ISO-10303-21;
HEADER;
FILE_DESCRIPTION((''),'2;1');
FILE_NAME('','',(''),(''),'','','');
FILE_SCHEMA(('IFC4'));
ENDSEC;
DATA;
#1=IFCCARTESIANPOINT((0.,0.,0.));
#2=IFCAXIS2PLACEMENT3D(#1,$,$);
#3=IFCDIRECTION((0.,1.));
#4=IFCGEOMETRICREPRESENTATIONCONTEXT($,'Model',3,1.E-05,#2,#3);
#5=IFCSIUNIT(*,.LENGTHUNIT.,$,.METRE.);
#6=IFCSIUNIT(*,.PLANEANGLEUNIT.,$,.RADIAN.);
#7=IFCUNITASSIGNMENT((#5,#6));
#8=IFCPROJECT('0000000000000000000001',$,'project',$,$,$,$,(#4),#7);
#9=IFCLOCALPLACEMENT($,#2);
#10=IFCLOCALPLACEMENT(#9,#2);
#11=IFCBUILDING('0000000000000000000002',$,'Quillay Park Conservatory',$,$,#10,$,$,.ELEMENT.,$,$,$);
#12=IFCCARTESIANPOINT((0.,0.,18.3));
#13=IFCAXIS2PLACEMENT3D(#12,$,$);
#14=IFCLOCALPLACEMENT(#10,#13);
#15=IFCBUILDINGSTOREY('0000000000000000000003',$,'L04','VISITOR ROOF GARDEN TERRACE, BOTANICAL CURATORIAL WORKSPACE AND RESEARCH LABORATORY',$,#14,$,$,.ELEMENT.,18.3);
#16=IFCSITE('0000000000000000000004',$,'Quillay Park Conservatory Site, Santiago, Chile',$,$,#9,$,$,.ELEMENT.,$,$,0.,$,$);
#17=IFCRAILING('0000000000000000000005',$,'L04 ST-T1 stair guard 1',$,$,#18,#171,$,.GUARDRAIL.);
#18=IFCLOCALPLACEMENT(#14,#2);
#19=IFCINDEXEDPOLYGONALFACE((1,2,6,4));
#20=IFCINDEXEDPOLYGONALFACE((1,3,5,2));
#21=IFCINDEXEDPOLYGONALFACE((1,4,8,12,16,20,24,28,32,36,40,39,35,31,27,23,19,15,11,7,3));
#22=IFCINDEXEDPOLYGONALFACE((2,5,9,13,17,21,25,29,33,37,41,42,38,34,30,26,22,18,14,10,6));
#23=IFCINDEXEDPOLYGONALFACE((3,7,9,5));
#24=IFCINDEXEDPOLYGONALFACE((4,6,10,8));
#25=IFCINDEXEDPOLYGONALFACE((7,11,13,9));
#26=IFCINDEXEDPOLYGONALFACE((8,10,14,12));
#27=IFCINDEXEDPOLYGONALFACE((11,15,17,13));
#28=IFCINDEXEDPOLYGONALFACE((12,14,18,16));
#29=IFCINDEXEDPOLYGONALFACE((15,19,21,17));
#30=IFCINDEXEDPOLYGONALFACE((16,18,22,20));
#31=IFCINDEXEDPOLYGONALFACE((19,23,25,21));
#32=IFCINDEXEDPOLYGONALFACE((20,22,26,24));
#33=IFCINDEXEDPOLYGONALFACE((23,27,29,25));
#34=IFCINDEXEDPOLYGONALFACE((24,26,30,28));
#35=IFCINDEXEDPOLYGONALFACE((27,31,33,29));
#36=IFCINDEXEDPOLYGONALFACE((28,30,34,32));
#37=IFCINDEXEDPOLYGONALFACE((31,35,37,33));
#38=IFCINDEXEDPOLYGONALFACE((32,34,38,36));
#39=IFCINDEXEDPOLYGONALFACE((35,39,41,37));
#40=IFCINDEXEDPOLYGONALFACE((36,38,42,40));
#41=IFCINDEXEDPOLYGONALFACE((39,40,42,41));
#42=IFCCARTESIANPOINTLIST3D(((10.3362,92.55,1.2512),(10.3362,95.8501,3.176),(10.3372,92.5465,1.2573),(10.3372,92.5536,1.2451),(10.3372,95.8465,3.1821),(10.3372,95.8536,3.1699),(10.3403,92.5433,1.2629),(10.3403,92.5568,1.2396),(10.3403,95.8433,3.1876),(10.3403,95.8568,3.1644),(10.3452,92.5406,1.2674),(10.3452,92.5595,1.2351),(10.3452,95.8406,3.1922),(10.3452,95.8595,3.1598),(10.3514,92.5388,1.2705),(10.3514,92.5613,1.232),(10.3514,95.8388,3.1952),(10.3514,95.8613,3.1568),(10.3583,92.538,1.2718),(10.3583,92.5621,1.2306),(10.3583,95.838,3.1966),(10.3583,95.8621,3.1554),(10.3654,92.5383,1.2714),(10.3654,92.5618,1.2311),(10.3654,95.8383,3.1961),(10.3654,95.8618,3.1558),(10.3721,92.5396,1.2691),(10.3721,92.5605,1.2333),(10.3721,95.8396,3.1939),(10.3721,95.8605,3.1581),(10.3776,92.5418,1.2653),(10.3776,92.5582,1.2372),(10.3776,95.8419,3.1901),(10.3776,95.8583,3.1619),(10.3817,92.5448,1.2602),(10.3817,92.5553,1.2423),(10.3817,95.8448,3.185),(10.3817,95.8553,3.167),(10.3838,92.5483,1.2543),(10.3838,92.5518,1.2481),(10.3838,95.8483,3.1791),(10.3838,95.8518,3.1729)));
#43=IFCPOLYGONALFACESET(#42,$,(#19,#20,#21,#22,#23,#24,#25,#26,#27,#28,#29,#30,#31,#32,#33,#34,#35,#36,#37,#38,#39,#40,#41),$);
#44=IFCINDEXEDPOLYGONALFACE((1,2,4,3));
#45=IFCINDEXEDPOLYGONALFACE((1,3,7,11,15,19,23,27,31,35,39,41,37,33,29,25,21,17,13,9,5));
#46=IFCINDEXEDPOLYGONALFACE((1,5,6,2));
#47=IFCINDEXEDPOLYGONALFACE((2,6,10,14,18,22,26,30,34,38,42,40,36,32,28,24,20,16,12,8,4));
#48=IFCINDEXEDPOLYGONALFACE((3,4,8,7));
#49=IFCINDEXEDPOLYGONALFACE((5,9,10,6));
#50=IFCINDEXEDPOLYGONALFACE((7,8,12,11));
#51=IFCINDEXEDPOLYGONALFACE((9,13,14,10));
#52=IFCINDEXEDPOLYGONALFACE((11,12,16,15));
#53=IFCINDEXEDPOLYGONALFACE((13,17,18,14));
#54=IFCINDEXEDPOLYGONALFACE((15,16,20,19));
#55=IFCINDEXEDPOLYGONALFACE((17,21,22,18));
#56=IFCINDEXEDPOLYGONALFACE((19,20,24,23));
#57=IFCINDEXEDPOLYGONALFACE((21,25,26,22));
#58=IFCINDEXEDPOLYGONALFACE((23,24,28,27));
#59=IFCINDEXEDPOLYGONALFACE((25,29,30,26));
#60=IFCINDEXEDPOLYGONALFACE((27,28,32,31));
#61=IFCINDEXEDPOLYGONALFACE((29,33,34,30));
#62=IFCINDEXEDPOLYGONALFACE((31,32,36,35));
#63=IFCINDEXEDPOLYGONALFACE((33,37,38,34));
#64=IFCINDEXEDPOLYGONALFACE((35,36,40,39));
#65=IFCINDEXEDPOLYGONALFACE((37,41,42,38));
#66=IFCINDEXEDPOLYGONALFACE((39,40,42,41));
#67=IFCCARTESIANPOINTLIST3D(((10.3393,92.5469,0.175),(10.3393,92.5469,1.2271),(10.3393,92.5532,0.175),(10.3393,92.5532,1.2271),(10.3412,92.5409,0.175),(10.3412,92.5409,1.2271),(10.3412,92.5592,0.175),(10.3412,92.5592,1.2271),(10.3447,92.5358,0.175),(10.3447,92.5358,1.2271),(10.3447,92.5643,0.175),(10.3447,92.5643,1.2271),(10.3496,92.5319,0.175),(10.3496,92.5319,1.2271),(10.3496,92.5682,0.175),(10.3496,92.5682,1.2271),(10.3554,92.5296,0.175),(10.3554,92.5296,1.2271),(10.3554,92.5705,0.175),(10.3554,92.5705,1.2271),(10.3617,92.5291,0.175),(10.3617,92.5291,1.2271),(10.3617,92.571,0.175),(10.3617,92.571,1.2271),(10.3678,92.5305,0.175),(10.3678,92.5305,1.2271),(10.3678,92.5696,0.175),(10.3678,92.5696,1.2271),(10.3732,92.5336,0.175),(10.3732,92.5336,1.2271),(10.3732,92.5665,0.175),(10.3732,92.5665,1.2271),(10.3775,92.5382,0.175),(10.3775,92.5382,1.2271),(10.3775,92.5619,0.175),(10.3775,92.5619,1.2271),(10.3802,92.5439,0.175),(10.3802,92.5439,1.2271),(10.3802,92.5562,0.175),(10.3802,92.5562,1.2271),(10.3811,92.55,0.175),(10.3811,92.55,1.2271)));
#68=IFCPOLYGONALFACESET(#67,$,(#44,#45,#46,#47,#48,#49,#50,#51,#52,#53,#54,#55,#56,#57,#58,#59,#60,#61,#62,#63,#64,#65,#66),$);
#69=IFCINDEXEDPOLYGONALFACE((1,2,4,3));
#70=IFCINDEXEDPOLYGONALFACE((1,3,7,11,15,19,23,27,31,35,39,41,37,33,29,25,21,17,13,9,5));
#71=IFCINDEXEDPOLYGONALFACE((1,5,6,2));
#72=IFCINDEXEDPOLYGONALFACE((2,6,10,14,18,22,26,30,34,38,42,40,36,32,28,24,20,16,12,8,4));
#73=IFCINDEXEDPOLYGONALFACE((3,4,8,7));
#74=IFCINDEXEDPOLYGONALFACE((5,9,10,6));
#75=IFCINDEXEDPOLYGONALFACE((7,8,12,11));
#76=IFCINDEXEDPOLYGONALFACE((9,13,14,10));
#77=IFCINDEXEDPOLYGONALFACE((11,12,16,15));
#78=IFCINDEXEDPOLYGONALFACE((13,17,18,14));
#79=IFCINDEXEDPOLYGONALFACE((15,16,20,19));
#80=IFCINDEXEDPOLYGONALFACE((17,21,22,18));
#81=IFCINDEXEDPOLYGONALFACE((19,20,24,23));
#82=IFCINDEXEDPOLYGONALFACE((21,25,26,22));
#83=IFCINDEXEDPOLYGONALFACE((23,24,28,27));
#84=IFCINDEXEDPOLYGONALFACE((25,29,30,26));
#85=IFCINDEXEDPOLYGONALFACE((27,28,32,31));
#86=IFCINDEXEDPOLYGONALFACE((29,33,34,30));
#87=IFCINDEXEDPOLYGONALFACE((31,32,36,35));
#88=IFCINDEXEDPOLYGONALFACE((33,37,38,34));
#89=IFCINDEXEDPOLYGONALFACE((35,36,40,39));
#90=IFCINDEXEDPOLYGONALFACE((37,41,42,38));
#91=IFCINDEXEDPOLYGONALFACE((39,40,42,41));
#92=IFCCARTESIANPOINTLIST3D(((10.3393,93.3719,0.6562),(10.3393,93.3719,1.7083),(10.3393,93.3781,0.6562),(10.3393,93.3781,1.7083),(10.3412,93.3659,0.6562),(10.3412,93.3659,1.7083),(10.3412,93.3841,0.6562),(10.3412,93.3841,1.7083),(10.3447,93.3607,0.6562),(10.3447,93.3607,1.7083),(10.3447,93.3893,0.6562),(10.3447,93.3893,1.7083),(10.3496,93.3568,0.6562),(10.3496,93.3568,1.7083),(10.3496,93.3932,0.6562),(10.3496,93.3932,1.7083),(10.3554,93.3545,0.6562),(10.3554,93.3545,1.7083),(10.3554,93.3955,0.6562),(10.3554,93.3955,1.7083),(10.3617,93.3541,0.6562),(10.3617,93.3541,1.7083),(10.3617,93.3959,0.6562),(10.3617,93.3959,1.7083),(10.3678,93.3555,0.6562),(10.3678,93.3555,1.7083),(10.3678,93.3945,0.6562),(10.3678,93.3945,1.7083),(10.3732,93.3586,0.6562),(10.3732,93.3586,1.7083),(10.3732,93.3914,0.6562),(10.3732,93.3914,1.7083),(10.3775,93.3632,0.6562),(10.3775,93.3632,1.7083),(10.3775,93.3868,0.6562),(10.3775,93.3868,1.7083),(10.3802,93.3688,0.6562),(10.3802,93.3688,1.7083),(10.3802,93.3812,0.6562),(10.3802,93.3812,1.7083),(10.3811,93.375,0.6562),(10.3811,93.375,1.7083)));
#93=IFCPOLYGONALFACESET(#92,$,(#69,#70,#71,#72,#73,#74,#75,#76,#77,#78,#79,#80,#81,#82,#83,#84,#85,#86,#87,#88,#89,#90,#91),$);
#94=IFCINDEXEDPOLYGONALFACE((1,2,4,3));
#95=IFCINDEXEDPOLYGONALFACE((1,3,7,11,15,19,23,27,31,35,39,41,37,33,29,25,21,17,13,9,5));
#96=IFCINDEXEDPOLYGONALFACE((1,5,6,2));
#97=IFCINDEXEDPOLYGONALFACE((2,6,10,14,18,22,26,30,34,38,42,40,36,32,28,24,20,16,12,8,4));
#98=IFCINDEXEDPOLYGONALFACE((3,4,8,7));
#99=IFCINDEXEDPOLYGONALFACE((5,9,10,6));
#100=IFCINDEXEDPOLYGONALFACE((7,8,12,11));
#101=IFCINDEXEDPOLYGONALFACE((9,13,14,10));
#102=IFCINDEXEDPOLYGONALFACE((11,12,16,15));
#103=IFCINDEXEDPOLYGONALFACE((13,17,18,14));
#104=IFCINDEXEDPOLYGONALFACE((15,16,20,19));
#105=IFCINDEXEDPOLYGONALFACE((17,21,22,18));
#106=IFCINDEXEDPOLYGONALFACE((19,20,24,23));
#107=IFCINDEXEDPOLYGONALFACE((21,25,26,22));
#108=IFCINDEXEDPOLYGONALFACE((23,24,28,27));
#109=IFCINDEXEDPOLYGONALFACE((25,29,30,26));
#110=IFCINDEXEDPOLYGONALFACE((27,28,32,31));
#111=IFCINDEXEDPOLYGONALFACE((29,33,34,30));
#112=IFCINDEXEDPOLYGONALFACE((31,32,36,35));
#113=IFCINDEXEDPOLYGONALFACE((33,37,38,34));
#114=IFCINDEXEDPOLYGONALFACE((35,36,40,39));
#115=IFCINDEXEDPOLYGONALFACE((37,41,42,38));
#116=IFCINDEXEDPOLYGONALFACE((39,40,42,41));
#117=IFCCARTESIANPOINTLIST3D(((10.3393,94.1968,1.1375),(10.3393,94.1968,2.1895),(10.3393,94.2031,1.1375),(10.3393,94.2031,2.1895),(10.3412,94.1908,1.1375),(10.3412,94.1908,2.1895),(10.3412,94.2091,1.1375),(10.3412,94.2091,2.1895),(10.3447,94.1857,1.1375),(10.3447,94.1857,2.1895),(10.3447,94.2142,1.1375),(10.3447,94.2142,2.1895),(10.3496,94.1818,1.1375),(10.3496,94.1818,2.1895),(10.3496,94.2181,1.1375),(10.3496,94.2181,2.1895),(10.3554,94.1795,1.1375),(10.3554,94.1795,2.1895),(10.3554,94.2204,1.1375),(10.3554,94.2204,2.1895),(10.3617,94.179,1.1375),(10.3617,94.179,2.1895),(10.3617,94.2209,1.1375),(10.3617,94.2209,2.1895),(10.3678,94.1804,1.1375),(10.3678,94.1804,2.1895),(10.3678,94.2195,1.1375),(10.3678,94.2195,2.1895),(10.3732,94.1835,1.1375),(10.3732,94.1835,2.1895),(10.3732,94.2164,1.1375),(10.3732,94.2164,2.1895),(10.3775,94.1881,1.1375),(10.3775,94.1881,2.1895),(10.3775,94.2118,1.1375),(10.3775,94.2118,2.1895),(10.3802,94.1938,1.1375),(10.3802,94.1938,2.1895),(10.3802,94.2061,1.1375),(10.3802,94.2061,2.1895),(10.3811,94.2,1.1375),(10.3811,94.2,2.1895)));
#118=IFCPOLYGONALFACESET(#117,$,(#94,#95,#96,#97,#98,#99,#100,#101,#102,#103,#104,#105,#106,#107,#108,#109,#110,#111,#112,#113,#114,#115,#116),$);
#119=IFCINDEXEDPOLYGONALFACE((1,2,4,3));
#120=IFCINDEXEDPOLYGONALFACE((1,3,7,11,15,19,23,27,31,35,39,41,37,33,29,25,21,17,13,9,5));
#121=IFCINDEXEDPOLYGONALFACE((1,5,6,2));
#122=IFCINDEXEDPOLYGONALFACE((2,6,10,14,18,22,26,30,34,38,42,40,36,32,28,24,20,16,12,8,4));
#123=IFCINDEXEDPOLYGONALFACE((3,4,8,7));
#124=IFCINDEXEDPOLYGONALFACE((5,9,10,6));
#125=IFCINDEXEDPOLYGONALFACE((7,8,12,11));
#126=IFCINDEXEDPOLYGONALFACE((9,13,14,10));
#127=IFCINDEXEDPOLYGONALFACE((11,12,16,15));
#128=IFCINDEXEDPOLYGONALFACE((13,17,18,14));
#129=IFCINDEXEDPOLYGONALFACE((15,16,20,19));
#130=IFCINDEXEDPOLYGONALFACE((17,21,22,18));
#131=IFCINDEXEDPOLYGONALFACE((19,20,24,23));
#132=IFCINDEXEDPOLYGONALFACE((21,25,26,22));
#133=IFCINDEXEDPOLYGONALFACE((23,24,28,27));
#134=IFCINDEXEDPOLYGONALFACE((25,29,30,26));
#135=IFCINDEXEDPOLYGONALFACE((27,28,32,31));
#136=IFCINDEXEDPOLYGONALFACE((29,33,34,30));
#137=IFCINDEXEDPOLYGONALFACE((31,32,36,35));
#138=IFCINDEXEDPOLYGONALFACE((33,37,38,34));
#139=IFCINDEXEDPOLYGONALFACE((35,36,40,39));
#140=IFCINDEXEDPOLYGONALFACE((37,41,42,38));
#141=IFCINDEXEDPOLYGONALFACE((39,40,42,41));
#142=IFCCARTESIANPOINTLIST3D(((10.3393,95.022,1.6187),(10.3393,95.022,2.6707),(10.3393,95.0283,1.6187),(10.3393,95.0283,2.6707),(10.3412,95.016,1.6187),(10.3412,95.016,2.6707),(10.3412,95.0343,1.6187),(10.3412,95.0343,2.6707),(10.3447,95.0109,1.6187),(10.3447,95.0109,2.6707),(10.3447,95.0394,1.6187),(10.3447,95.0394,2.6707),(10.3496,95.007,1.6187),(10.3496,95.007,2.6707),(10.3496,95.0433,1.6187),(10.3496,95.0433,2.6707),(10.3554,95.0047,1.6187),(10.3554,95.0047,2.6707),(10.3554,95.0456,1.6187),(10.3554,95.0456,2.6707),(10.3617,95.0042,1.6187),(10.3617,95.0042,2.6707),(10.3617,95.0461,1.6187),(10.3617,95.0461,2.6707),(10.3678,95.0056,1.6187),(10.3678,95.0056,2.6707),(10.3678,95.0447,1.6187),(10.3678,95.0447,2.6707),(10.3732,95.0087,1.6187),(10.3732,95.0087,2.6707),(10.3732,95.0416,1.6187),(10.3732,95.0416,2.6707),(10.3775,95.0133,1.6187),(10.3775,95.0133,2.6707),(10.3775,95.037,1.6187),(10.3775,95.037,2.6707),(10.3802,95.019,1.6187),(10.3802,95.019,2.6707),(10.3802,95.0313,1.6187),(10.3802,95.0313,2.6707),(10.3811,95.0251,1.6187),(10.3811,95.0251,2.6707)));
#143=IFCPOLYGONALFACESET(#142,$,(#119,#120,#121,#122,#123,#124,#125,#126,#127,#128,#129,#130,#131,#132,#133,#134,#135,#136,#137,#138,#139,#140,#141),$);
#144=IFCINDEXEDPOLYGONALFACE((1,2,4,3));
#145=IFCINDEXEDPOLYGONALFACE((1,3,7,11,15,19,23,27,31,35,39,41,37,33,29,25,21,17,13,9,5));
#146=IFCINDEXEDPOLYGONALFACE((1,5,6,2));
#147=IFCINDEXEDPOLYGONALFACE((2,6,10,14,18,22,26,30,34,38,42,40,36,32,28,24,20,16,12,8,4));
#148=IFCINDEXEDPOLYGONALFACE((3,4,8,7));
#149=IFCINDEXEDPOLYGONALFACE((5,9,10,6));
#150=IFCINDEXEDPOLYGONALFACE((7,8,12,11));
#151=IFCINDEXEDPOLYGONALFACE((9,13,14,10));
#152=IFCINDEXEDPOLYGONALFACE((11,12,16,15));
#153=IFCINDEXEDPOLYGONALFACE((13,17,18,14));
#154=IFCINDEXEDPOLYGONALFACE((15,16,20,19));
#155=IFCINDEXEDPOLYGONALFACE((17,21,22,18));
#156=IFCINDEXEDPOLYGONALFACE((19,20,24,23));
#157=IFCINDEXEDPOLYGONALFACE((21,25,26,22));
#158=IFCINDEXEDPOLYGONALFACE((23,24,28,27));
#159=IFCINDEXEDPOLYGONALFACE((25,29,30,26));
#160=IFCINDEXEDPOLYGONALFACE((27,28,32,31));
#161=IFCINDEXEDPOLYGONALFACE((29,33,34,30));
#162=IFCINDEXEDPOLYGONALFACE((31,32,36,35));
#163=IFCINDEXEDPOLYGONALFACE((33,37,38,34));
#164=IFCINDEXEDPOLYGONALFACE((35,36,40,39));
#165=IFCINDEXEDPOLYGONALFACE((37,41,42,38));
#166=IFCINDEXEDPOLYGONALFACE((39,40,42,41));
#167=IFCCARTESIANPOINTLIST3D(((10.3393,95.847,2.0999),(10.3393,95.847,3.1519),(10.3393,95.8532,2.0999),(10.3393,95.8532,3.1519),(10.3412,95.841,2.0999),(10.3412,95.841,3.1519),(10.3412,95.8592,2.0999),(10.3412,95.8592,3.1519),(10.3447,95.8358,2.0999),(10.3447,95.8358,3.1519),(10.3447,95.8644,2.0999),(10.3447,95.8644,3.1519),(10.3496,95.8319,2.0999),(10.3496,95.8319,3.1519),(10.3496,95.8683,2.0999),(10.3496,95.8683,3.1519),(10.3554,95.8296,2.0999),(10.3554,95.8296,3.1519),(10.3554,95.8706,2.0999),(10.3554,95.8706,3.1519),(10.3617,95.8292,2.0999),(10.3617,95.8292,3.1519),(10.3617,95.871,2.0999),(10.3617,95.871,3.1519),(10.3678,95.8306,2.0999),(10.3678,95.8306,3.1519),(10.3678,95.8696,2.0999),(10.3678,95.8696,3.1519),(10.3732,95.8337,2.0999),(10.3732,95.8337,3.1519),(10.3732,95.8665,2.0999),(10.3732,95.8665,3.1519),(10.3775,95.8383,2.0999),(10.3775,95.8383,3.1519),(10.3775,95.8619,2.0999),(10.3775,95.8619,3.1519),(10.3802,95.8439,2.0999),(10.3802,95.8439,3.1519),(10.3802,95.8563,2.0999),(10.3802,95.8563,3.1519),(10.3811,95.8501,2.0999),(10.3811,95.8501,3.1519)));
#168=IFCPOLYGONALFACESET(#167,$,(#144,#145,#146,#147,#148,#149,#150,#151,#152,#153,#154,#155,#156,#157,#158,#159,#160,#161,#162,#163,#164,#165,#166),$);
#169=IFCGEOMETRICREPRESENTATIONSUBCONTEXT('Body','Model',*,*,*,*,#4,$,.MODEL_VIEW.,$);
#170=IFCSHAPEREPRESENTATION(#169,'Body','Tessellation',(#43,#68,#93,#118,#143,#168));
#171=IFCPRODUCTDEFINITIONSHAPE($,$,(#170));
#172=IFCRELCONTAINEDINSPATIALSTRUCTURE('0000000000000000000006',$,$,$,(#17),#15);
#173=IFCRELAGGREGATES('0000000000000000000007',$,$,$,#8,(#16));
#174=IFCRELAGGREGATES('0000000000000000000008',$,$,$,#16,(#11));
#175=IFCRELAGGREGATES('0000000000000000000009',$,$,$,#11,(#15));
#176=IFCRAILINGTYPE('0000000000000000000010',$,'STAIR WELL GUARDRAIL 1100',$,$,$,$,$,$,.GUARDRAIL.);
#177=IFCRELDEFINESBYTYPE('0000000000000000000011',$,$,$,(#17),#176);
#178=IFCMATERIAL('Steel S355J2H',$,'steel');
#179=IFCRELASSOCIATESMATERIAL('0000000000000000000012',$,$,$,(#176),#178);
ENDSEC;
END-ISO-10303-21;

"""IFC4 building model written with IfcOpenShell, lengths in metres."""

from ifc_helpers import new_model, si_unit, direction, frame, origin, origin_2d, place, context, subcontext, project, spatial, circle, extrude, material, type_object, element, save


model = new_model("IFC4")

# Units and contexts
model_context = context("Model", 3, precision=1e-05, world=origin(), true_north=direction((0.0, 1.0)))
body_context = subcontext(model_context, "Body", "Model", "MODEL_VIEW")
ifc_project = project(units=[si_unit("LENGTHUNIT", "METRE"), si_unit("PLANEANGLEUNIT", "RADIAN")], contexts=[model_context])

# Site, building, storey
site_placement = place(None, origin())
site = spatial("IfcSite", under=ifc_project, at=site_placement, Name="Quillay Park Conservatory Site, Santiago, Chile", CompositionType="ELEMENT", RefElevation=0.0)
building_placement = place(site_placement, origin())
building = spatial("IfcBuilding", under=site, at=building_placement, Name="Quillay Park Conservatory", CompositionType="ELEMENT")
storey_placement = place(building_placement, frame((0.0, 0.0, 18.3)))
storey = spatial("IfcBuildingStorey", under=building, at=storey_placement, Name="L04", Description="VISITOR ROOF GARDEN TERRACE, BOTANICAL CURATORIAL WORKSPACE AND RESEARCH LABORATORY", CompositionType="ELEMENT", Elevation=18.3)

# Railing
ifc_material_1 = material(Name="Steel S355J2H", Category="steel")
railing_type_1 = type_object("IfcRailingType", Name="STAIR WELL GUARDRAIL 1100", PredefinedType="GUARDRAIL", material=ifc_material_1)
railing_1_placement = place(storey_placement, frame((10.3601, 92.55, 0.175)))
element("IfcRailing", 1, at=railing_1_placement, inside=storey, type_object=railing_type_1, Name="L04 ST-T1 stair guard 1", PredefinedType="GUARDRAIL", context=body_context, shape_type="SweptSolid", body=[
    extrude(circle(Radius=0.0239, at=origin_2d()), frame((0.0, 0.0, 1.0762), z_axis=(0.0, 0.863804, 0.503827), x_axis=(-1.0, 0.0, 0.0)), (0.0, 0.0, 1.0), 3.8203),
    extrude(circle(Radius=0.021, at=origin_2d()), origin(), (0.0, 0.0, 1.0), 1.052),
    extrude(circle(Radius=0.021, at=origin_2d()), frame((0.0, 0.825, 0.4812)), (0.0, 0.0, 1.0), 1.052),
    extrude(circle(Radius=0.021, at=origin_2d()), frame((0.0, 1.6499, 0.9624)), (0.0, 0.0, 1.0), 1.052),
    extrude(circle(Radius=0.021, at=origin_2d()), frame((0.0, 2.4751, 1.4436)), (0.0, 0.0, 1.0), 1.052),
    extrude(circle(Radius=0.021, at=origin_2d()), frame((0.0, 3.3, 1.9248)), (0.0, 0.0, 1.0), 1.052),
])

save(model, "model.ifc")
